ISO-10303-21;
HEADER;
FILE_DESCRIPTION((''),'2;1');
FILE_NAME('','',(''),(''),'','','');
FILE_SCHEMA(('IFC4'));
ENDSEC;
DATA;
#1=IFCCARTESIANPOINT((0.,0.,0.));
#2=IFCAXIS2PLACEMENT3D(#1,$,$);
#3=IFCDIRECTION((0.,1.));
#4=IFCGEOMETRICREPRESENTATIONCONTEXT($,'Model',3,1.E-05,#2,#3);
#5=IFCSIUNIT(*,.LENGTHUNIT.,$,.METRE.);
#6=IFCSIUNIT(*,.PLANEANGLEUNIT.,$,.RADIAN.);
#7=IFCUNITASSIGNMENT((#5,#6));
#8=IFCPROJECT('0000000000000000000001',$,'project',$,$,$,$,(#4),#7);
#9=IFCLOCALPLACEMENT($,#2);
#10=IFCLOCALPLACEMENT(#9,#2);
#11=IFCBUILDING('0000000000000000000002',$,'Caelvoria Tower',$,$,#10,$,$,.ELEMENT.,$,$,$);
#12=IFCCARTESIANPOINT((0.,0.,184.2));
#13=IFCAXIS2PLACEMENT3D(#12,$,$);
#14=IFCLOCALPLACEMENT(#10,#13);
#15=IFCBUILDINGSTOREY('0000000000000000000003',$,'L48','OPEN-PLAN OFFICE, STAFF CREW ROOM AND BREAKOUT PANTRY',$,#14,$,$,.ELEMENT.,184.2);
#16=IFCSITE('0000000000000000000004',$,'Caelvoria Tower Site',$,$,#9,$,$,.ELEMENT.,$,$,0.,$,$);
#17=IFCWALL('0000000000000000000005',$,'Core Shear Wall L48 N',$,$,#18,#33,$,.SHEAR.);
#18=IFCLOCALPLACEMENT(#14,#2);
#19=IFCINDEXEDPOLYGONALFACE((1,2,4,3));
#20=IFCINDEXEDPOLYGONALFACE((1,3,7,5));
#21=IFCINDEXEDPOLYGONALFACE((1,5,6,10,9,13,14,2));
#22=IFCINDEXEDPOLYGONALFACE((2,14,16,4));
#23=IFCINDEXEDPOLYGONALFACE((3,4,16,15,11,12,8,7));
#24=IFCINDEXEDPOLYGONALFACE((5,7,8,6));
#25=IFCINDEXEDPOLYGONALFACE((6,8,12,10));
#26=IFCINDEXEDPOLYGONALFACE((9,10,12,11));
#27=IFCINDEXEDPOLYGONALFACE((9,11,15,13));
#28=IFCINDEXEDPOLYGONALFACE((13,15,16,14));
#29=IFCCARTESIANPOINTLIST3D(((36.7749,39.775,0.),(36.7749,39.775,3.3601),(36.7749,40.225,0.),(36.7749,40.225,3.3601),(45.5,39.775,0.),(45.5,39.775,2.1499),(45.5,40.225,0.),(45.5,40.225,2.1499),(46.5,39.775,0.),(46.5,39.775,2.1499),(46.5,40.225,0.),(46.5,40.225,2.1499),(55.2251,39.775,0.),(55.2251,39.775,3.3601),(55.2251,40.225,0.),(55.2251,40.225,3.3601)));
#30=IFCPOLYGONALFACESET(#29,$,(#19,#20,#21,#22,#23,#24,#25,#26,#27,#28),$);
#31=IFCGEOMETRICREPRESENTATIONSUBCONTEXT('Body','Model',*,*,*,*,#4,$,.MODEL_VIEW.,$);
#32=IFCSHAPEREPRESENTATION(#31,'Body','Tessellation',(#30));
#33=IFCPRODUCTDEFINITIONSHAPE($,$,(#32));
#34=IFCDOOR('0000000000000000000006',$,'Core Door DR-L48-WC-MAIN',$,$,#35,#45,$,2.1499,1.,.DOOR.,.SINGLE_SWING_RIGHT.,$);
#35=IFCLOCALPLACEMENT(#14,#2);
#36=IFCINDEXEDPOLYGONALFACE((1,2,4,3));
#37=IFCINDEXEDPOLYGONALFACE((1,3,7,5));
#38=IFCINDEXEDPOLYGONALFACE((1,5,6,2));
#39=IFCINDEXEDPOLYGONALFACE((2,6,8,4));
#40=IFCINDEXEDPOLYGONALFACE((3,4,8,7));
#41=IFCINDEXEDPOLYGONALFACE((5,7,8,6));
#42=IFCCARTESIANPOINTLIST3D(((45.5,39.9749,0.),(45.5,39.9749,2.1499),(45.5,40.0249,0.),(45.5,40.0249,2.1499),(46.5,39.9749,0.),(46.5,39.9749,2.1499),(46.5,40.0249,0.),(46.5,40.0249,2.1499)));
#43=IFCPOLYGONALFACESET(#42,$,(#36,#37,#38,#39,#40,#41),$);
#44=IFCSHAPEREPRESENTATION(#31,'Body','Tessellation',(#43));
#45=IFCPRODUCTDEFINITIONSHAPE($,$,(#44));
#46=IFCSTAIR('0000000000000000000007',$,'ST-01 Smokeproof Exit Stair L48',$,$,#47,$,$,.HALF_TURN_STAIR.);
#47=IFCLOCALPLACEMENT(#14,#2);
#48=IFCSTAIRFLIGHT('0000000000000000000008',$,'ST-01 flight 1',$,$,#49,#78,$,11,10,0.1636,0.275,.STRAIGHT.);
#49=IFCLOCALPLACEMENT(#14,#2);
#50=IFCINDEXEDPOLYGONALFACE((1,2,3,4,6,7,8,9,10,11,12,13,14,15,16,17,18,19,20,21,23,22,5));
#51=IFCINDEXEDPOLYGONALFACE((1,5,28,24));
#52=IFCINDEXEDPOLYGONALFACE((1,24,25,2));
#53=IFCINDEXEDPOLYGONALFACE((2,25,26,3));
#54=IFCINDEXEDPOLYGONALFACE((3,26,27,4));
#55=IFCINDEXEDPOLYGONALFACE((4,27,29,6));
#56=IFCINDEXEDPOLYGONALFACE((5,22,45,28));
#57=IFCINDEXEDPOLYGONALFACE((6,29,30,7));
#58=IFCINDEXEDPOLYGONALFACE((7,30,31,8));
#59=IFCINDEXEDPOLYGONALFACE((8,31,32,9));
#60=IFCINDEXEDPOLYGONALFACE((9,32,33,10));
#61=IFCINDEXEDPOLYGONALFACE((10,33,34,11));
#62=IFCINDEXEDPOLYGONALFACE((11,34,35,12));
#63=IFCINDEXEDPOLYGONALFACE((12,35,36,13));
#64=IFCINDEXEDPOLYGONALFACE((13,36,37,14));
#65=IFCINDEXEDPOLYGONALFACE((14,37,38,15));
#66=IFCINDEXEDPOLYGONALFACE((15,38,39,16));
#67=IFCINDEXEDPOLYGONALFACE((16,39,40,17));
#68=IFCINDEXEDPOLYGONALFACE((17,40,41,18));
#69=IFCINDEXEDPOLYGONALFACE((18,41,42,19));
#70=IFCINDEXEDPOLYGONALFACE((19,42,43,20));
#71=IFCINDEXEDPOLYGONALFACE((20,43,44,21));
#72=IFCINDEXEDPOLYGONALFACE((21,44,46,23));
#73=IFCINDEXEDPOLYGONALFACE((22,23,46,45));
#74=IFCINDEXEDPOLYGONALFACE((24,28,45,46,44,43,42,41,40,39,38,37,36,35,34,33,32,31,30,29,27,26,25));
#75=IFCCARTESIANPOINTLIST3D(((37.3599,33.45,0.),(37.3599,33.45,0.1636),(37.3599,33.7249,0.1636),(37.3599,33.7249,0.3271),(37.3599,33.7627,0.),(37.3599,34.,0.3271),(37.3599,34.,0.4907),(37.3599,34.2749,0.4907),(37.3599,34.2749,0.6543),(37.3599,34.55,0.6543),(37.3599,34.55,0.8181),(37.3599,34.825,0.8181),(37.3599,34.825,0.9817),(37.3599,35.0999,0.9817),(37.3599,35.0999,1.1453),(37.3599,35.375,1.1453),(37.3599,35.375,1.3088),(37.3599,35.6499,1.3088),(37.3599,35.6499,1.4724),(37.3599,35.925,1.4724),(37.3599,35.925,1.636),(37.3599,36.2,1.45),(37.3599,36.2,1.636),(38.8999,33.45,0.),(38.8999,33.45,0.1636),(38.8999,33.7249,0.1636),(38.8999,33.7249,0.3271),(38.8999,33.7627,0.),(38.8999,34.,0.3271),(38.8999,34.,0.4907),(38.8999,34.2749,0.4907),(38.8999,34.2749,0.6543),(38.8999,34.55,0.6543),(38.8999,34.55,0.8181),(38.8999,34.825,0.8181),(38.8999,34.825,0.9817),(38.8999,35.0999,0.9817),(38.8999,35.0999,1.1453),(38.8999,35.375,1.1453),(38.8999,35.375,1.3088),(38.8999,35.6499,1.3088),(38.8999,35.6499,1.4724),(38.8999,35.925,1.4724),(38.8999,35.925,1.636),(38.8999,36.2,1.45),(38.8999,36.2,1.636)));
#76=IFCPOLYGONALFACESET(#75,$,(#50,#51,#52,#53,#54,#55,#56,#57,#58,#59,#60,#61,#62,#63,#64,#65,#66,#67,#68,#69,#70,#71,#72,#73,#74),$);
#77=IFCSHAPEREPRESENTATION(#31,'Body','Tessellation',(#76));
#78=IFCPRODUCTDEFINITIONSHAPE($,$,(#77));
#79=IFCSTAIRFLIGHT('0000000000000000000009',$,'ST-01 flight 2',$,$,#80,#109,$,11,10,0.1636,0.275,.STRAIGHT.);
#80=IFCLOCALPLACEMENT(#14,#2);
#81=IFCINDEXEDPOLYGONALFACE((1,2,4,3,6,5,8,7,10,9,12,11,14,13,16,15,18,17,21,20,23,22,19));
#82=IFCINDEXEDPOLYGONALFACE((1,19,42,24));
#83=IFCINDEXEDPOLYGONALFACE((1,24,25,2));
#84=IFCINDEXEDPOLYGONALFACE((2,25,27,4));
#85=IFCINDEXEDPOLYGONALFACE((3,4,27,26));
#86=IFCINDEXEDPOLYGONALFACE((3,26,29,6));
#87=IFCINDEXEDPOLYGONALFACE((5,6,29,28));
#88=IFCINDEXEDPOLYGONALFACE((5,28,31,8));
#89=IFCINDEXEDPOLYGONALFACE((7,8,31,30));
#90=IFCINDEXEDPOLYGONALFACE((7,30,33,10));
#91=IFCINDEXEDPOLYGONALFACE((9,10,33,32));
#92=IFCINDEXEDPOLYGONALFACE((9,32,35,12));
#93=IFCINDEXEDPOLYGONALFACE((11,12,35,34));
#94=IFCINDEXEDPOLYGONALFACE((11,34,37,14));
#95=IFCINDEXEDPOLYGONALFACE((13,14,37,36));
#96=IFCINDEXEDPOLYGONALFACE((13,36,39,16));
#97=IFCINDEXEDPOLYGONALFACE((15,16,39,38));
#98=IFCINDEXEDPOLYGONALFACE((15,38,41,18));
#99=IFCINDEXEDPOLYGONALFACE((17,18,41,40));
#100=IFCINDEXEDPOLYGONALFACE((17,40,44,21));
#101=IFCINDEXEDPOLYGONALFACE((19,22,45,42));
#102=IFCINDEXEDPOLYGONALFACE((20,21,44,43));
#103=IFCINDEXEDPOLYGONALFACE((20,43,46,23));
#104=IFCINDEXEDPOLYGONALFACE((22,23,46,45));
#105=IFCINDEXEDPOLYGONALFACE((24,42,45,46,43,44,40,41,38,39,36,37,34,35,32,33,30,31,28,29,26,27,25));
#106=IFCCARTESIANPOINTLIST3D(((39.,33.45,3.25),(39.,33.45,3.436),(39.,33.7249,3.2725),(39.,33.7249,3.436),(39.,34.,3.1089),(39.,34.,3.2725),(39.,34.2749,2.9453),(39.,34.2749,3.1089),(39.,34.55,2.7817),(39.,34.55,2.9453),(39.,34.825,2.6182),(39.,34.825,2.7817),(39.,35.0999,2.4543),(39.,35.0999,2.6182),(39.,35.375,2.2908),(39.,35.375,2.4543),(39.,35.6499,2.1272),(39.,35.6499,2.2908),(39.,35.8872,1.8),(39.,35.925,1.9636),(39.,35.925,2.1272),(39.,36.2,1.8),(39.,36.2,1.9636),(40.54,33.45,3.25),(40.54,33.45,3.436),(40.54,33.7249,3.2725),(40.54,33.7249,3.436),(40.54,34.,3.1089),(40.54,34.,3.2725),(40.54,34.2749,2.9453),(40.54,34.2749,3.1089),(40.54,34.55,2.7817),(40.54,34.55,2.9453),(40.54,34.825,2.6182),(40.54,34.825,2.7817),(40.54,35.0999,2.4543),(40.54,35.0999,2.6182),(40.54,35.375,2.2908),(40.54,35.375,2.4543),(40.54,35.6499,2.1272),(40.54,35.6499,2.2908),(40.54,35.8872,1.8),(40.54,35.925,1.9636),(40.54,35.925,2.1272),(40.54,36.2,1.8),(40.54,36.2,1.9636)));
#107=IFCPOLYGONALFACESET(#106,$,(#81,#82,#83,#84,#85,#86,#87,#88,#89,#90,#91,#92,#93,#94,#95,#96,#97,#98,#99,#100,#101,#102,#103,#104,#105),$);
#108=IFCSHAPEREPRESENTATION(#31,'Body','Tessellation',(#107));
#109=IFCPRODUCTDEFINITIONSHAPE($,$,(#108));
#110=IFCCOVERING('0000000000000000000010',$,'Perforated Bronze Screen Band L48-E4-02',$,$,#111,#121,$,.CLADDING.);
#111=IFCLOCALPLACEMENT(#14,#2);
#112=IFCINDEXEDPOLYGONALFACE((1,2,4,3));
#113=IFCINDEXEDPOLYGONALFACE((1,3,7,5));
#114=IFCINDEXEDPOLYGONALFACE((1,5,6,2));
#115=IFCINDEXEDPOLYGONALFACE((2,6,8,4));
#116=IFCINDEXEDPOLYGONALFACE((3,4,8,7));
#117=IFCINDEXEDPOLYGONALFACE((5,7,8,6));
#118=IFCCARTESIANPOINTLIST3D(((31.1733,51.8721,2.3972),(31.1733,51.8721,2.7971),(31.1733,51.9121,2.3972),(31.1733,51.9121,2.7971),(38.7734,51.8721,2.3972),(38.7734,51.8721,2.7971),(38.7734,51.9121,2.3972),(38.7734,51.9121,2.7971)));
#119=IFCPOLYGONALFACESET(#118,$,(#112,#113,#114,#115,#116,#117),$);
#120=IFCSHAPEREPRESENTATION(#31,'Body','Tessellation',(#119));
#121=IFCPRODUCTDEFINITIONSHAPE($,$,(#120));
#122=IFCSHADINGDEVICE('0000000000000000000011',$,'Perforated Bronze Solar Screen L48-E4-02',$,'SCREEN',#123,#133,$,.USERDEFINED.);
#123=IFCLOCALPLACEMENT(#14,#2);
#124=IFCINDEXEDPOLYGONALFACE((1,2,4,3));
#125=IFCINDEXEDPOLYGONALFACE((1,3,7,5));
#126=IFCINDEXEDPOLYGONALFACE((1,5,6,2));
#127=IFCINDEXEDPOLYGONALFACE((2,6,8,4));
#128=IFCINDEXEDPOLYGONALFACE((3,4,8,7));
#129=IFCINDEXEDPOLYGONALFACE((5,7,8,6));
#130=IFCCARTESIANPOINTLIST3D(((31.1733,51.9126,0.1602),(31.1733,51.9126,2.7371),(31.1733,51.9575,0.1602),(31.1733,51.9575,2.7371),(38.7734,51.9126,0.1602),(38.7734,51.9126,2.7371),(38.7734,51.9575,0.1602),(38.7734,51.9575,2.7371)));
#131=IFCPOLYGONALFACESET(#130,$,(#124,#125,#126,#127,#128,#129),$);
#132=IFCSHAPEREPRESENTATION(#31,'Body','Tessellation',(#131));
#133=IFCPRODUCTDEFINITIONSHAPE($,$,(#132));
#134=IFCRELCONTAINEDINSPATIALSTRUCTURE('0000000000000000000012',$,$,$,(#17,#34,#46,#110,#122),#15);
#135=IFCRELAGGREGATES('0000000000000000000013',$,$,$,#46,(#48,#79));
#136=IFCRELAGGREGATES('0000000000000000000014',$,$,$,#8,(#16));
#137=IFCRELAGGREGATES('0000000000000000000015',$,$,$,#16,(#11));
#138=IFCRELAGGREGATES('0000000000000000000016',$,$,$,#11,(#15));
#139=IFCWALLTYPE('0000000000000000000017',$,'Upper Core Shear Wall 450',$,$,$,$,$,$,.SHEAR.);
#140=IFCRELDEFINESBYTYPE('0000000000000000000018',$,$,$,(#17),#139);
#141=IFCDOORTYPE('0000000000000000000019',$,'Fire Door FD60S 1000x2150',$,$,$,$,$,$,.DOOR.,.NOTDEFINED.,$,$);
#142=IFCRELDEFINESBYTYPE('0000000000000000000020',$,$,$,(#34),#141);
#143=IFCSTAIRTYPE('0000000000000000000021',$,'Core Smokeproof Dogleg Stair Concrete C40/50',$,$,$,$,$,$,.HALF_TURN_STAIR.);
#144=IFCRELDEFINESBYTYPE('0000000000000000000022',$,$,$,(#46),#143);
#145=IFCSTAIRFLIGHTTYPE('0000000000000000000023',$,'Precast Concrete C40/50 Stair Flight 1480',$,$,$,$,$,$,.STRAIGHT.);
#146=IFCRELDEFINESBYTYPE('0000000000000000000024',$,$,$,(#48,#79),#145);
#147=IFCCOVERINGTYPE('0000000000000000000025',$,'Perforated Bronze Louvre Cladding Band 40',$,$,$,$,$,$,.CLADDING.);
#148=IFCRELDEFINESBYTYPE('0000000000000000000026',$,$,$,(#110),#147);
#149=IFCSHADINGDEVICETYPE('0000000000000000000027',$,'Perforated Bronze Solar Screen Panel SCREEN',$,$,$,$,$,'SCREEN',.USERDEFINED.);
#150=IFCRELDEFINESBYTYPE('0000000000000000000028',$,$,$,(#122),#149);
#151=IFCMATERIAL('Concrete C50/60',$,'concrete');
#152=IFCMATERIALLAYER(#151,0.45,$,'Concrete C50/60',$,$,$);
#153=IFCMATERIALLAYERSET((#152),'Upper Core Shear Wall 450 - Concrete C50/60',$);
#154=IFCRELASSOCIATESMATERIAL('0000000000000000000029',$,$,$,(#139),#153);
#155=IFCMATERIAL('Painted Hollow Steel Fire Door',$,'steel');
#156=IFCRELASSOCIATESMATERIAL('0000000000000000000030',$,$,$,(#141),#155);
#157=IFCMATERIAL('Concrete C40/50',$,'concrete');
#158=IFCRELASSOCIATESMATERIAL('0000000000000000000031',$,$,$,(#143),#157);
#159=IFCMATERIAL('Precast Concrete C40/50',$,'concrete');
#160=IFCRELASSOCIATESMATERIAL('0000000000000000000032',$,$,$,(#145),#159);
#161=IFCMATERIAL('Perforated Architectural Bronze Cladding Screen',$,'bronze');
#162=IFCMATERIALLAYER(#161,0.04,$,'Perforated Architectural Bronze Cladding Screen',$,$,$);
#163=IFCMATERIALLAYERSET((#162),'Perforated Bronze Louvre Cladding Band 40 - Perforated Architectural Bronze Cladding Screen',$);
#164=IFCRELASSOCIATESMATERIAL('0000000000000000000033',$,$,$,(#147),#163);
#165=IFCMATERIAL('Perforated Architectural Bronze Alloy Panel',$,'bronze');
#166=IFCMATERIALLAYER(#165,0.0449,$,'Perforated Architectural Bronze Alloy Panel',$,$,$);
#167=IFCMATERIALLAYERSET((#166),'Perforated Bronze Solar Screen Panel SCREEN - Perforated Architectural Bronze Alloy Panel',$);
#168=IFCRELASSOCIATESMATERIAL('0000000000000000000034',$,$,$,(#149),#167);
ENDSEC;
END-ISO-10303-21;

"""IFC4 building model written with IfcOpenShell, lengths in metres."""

from ifc_helpers import new_model, si_unit, direction, frame, frame_2d, origin, origin_2d, place, context, subcontext, project, spatial, polyline, rectangle, outline, extrude, material, layer, layer_set, type_object, element, fill, aggregate, save


model = new_model("IFC4")

# Units and contexts
model_context = context("Model", 3, precision=1e-05, world=origin(), true_north=direction((0.0, 1.0)))
body_context = subcontext(model_context, "Body", "Model", "MODEL_VIEW")
ifc_project = project(units=[si_unit("LENGTHUNIT", "METRE"), si_unit("PLANEANGLEUNIT", "RADIAN")], contexts=[model_context])

# Site, building, storey
site_placement = place(None, origin())
site = spatial("IfcSite", under=ifc_project, at=site_placement, Name="Caelvoria Tower Site", CompositionType="ELEMENT", RefElevation=0.0)
building_placement = place(site_placement, origin())
building = spatial("IfcBuilding", under=site, at=building_placement, Name="Caelvoria Tower", CompositionType="ELEMENT")
storey_placement = place(building_placement, frame((0.0, 0.0, 184.2)))
storey = spatial("IfcBuildingStorey", under=building, at=storey_placement, Name="L48", Description="OPEN-PLAN OFFICE, STAFF CREW ROOM AND BREAKOUT PANTRY", CompositionType="ELEMENT", Elevation=184.2)

# Shared definitions
ifc_material_1 = material(Name="Concrete C50/60", Category="concrete")

# Wall, opening, door
ifc_layer_1 = layer(ifc_material_1, 0.45, Name="Concrete C50/60")
ifc_layer_set_1 = layer_set([ifc_layer_1], Name="Upper Core Shear Wall 450 - Concrete C50/60")
wall_type_1 = type_object("IfcWallType", Name="Upper Core Shear Wall 450", PredefinedType="SHEAR", material=ifc_layer_set_1)
wall_1_placement = place(storey_placement, frame((36.7749, 40.0, 0.0), z_axis=(0.0, 0.0, 1.0), x_axis=(1.0, 0.0, 0.0)))
wall_1 = element("IfcWall", 1, at=wall_1_placement, inside=storey, type_object=wall_type_1, Name="Core Shear Wall L48 N", PredefinedType="SHEAR", context=body_context, shape_type="SweptSolid", body=[
    extrude(rectangle(XDim=18.4502, YDim=0.45, at=frame_2d((9.2251, 0.0))), origin(), (0.0, 0.0, 1.0), 3.3601),
])
opening_1_placement = place(wall_1_placement, frame((8.7251, 0.0, 0.0)))
opening_1 = element("IfcOpeningElement", 2, at=opening_1_placement, cuts=wall_1, PredefinedType="OPENING", context=body_context, shape_type="SweptSolid", body=[
    extrude(rectangle(XDim=1.0, YDim=2.1499, at=frame_2d((0.5, 1.075))), frame((0.0, 0.2349, 0.0), z_axis=(0.0, -1.0, 0.0), x_axis=(1.0, 0.0, 0.0)), (0.0, 0.0, 1.0), 0.47),
])
ifc_material_2 = material(Name="Painted Hollow Steel Fire Door", Category="steel")
door_type_1 = type_object("IfcDoorType", Name="Fire Door FD60S 1000x2150", OperationType="NOTDEFINED", PredefinedType="DOOR", material=ifc_material_2)
door_1_placement = place(opening_1_placement, origin())
door_1 = element("IfcDoor", 3, at=door_1_placement, inside=storey, type_object=door_type_1, Name="Core Door DR-L48-WC-MAIN", OperationType="SINGLE_SWING_RIGHT", OverallHeight=2.1499, OverallWidth=1.0, PredefinedType="DOOR", context=body_context, shape_type="SweptSolid", body=[
    extrude(rectangle(XDim=1.0, YDim=2.1499, at=frame_2d((0.5, 1.075))), frame((0.0, 0.0249, 0.0), z_axis=(0.0, -1.0, 0.0), x_axis=(1.0, 0.0, 0.0)), (0.0, 0.0, 1.0), 0.05),
])
fill(opening_1, door_1)

# Stair, stair flights
ifc_material_3 = material(Name="Concrete C40/50", Category="concrete")
stair_type = type_object("IfcStairType", Name="Core Smokeproof Dogleg Stair Concrete C40/50", PredefinedType="HALF_TURN_STAIR", material=ifc_material_3)
stair_placement = place(storey_placement, origin())
stair = element("IfcStair", 4, at=stair_placement, inside=storey, type_object=stair_type, Name="ST-01 Smokeproof Exit Stair L48", PredefinedType="HALF_TURN_STAIR")
ifc_material_4 = material(Name="Precast Concrete C40/50", Category="concrete")
stair_flight_type = type_object("IfcStairFlightType", Name="Precast Concrete C40/50 Stair Flight 1480", PredefinedType="STRAIGHT", material=ifc_material_4)
stair_flight_1_placement = place(storey_placement, frame((38.1299, 33.45, 0.0), z_axis=(0.0, 0.0, 1.0), x_axis=(0.0, 1.0, 0.0)))
stair_flight_1 = element("IfcStairFlight", 5, at=stair_flight_1_placement, type_object=stair_flight_type, Name="ST-01 flight 1", NumberOfRisers=11, NumberOfTreads=10, PredefinedType="STRAIGHT", RiserHeight=0.1636, TreadLength=0.275, context=body_context, shape_type="SweptSolid", body=[
    extrude(outline(polyline([(0.0, 0.0), (0.0, 0.1636), (0.2749, 0.1636), (0.2749, 0.3271), (0.55, 0.3271), (0.55, 0.4907), (0.825, 0.4907), (0.825, 0.6543), (1.1001, 0.6543), (1.1001, 0.8181), (1.375, 0.8181), (1.375, 0.9817), (1.6499, 0.9817), (1.6499, 1.1453), (1.925, 1.1453), (1.925, 1.3088), (2.2, 1.3088), (2.2, 1.4724), (2.4751, 1.4724), (2.4751, 1.636), (2.75, 1.636), (2.75, 1.7996), (2.75, 1.45), (0.3127, 0.0), (0.0, 0.0)])), frame((0.0, 0.77, 0.0), z_axis=(0.0, -1.0, 0.0), x_axis=(1.0, 0.0, 0.0)), (0.0, 0.0, 1.0), 1.54),
])
stair_flight_2_placement = place(storey_placement, frame((39.77, 36.2, 1.8), z_axis=(0.0, 0.0, 1.0), x_axis=(0.0, -1.0, 0.0)))
stair_flight_2 = element("IfcStairFlight", 6, at=stair_flight_2_placement, type_object=stair_flight_type, Name="ST-01 flight 2", NumberOfRisers=11, NumberOfTreads=10, PredefinedType="STRAIGHT", RiserHeight=0.1636, TreadLength=0.275, context=body_context, shape_type="SweptSolid", body=[
    extrude(outline(polyline([(0.0, 0.0), (0.0, 0.1636), (0.2749, 0.1636), (0.2749, 0.3271), (0.55, 0.3271), (0.55, 0.4907), (0.825, 0.4907), (0.825, 0.6543), (1.1001, 0.6543), (1.1001, 0.8181), (1.375, 0.8181), (1.375, 0.9817), (1.6499, 0.9817), (1.6499, 1.1453), (1.925, 1.1453), (1.925, 1.3088), (2.2, 1.3088), (2.2, 1.4724), (2.4751, 1.4724), (2.4751, 1.636), (2.75, 1.636), (2.75, 1.7996), (2.75, 1.45), (0.3127, 0.0), (0.0, 0.0)])), frame((0.0, 0.77, 0.0), z_axis=(0.0, -1.0, 0.0), x_axis=(1.0, 0.0, 0.0)), (0.0, 0.0, 1.0), 1.54),
])
aggregate(stair, [stair_flight_1, stair_flight_2])

# Covering
ifc_material_5 = material(Name="Perforated Architectural Bronze Cladding Screen", Category="bronze")
ifc_layer_2 = layer(ifc_material_5, 0.04, Name="Perforated Architectural Bronze Cladding Screen")
ifc_layer_set_2 = layer_set([ifc_layer_2], Name="Perforated Bronze Louvre Cladding Band 40 - Perforated Architectural Bronze Cladding Screen")
covering_type = type_object("IfcCoveringType", Name="Perforated Bronze Louvre Cladding Band 40", PredefinedType="CLADDING", material=ifc_layer_set_2)
covering_placement = place(storey_placement, frame((34.9734, 51.8921, 2.3972), z_axis=(0.0, 0.0, 1.0), x_axis=(-1.0, 0.0, 0.0)))
element("IfcCovering", 7, at=covering_placement, inside=storey, type_object=covering_type, Name="Perforated Bronze Screen Band L48-E4-02", PredefinedType="CLADDING", context=body_context, shape_type="SweptSolid", body=[
    extrude(rectangle(XDim=7.6001, YDim=0.04, at=origin_2d()), origin(), (0.0, 0.0, 1.0), 0.3999),
])

# Shading device
ifc_material_6 = material(Name="Perforated Architectural Bronze Alloy Panel", Category="bronze")
ifc_layer_3 = layer(ifc_material_6, 0.0449, Name="Perforated Architectural Bronze Alloy Panel")
ifc_layer_set_3 = layer_set([ifc_layer_3], Name="Perforated Bronze Solar Screen Panel SCREEN - Perforated Architectural Bronze Alloy Panel")
shading_device_type = type_object("IfcShadingDeviceType", Name="Perforated Bronze Solar Screen Panel SCREEN", ElementType="SCREEN", PredefinedType="USERDEFINED", material=ifc_layer_set_3)
shading_device_placement = place(storey_placement, frame((34.9734, 51.9351, 0.1602), z_axis=(0.0, 0.0, 1.0), x_axis=(-1.0, 0.0, 0.0)))
element("IfcShadingDevice", 8, at=shading_device_placement, inside=storey, type_object=shading_device_type, Name="Perforated Bronze Solar Screen L48-E4-02", ObjectType="SCREEN", PredefinedType="USERDEFINED", context=body_context, shape_type="SweptSolid", body=[
    extrude(rectangle(XDim=7.6001, YDim=0.0449, at=origin_2d()), origin(), (0.0, 0.0, 1.0), 2.5769),
])

save(model, "model.ifc")
